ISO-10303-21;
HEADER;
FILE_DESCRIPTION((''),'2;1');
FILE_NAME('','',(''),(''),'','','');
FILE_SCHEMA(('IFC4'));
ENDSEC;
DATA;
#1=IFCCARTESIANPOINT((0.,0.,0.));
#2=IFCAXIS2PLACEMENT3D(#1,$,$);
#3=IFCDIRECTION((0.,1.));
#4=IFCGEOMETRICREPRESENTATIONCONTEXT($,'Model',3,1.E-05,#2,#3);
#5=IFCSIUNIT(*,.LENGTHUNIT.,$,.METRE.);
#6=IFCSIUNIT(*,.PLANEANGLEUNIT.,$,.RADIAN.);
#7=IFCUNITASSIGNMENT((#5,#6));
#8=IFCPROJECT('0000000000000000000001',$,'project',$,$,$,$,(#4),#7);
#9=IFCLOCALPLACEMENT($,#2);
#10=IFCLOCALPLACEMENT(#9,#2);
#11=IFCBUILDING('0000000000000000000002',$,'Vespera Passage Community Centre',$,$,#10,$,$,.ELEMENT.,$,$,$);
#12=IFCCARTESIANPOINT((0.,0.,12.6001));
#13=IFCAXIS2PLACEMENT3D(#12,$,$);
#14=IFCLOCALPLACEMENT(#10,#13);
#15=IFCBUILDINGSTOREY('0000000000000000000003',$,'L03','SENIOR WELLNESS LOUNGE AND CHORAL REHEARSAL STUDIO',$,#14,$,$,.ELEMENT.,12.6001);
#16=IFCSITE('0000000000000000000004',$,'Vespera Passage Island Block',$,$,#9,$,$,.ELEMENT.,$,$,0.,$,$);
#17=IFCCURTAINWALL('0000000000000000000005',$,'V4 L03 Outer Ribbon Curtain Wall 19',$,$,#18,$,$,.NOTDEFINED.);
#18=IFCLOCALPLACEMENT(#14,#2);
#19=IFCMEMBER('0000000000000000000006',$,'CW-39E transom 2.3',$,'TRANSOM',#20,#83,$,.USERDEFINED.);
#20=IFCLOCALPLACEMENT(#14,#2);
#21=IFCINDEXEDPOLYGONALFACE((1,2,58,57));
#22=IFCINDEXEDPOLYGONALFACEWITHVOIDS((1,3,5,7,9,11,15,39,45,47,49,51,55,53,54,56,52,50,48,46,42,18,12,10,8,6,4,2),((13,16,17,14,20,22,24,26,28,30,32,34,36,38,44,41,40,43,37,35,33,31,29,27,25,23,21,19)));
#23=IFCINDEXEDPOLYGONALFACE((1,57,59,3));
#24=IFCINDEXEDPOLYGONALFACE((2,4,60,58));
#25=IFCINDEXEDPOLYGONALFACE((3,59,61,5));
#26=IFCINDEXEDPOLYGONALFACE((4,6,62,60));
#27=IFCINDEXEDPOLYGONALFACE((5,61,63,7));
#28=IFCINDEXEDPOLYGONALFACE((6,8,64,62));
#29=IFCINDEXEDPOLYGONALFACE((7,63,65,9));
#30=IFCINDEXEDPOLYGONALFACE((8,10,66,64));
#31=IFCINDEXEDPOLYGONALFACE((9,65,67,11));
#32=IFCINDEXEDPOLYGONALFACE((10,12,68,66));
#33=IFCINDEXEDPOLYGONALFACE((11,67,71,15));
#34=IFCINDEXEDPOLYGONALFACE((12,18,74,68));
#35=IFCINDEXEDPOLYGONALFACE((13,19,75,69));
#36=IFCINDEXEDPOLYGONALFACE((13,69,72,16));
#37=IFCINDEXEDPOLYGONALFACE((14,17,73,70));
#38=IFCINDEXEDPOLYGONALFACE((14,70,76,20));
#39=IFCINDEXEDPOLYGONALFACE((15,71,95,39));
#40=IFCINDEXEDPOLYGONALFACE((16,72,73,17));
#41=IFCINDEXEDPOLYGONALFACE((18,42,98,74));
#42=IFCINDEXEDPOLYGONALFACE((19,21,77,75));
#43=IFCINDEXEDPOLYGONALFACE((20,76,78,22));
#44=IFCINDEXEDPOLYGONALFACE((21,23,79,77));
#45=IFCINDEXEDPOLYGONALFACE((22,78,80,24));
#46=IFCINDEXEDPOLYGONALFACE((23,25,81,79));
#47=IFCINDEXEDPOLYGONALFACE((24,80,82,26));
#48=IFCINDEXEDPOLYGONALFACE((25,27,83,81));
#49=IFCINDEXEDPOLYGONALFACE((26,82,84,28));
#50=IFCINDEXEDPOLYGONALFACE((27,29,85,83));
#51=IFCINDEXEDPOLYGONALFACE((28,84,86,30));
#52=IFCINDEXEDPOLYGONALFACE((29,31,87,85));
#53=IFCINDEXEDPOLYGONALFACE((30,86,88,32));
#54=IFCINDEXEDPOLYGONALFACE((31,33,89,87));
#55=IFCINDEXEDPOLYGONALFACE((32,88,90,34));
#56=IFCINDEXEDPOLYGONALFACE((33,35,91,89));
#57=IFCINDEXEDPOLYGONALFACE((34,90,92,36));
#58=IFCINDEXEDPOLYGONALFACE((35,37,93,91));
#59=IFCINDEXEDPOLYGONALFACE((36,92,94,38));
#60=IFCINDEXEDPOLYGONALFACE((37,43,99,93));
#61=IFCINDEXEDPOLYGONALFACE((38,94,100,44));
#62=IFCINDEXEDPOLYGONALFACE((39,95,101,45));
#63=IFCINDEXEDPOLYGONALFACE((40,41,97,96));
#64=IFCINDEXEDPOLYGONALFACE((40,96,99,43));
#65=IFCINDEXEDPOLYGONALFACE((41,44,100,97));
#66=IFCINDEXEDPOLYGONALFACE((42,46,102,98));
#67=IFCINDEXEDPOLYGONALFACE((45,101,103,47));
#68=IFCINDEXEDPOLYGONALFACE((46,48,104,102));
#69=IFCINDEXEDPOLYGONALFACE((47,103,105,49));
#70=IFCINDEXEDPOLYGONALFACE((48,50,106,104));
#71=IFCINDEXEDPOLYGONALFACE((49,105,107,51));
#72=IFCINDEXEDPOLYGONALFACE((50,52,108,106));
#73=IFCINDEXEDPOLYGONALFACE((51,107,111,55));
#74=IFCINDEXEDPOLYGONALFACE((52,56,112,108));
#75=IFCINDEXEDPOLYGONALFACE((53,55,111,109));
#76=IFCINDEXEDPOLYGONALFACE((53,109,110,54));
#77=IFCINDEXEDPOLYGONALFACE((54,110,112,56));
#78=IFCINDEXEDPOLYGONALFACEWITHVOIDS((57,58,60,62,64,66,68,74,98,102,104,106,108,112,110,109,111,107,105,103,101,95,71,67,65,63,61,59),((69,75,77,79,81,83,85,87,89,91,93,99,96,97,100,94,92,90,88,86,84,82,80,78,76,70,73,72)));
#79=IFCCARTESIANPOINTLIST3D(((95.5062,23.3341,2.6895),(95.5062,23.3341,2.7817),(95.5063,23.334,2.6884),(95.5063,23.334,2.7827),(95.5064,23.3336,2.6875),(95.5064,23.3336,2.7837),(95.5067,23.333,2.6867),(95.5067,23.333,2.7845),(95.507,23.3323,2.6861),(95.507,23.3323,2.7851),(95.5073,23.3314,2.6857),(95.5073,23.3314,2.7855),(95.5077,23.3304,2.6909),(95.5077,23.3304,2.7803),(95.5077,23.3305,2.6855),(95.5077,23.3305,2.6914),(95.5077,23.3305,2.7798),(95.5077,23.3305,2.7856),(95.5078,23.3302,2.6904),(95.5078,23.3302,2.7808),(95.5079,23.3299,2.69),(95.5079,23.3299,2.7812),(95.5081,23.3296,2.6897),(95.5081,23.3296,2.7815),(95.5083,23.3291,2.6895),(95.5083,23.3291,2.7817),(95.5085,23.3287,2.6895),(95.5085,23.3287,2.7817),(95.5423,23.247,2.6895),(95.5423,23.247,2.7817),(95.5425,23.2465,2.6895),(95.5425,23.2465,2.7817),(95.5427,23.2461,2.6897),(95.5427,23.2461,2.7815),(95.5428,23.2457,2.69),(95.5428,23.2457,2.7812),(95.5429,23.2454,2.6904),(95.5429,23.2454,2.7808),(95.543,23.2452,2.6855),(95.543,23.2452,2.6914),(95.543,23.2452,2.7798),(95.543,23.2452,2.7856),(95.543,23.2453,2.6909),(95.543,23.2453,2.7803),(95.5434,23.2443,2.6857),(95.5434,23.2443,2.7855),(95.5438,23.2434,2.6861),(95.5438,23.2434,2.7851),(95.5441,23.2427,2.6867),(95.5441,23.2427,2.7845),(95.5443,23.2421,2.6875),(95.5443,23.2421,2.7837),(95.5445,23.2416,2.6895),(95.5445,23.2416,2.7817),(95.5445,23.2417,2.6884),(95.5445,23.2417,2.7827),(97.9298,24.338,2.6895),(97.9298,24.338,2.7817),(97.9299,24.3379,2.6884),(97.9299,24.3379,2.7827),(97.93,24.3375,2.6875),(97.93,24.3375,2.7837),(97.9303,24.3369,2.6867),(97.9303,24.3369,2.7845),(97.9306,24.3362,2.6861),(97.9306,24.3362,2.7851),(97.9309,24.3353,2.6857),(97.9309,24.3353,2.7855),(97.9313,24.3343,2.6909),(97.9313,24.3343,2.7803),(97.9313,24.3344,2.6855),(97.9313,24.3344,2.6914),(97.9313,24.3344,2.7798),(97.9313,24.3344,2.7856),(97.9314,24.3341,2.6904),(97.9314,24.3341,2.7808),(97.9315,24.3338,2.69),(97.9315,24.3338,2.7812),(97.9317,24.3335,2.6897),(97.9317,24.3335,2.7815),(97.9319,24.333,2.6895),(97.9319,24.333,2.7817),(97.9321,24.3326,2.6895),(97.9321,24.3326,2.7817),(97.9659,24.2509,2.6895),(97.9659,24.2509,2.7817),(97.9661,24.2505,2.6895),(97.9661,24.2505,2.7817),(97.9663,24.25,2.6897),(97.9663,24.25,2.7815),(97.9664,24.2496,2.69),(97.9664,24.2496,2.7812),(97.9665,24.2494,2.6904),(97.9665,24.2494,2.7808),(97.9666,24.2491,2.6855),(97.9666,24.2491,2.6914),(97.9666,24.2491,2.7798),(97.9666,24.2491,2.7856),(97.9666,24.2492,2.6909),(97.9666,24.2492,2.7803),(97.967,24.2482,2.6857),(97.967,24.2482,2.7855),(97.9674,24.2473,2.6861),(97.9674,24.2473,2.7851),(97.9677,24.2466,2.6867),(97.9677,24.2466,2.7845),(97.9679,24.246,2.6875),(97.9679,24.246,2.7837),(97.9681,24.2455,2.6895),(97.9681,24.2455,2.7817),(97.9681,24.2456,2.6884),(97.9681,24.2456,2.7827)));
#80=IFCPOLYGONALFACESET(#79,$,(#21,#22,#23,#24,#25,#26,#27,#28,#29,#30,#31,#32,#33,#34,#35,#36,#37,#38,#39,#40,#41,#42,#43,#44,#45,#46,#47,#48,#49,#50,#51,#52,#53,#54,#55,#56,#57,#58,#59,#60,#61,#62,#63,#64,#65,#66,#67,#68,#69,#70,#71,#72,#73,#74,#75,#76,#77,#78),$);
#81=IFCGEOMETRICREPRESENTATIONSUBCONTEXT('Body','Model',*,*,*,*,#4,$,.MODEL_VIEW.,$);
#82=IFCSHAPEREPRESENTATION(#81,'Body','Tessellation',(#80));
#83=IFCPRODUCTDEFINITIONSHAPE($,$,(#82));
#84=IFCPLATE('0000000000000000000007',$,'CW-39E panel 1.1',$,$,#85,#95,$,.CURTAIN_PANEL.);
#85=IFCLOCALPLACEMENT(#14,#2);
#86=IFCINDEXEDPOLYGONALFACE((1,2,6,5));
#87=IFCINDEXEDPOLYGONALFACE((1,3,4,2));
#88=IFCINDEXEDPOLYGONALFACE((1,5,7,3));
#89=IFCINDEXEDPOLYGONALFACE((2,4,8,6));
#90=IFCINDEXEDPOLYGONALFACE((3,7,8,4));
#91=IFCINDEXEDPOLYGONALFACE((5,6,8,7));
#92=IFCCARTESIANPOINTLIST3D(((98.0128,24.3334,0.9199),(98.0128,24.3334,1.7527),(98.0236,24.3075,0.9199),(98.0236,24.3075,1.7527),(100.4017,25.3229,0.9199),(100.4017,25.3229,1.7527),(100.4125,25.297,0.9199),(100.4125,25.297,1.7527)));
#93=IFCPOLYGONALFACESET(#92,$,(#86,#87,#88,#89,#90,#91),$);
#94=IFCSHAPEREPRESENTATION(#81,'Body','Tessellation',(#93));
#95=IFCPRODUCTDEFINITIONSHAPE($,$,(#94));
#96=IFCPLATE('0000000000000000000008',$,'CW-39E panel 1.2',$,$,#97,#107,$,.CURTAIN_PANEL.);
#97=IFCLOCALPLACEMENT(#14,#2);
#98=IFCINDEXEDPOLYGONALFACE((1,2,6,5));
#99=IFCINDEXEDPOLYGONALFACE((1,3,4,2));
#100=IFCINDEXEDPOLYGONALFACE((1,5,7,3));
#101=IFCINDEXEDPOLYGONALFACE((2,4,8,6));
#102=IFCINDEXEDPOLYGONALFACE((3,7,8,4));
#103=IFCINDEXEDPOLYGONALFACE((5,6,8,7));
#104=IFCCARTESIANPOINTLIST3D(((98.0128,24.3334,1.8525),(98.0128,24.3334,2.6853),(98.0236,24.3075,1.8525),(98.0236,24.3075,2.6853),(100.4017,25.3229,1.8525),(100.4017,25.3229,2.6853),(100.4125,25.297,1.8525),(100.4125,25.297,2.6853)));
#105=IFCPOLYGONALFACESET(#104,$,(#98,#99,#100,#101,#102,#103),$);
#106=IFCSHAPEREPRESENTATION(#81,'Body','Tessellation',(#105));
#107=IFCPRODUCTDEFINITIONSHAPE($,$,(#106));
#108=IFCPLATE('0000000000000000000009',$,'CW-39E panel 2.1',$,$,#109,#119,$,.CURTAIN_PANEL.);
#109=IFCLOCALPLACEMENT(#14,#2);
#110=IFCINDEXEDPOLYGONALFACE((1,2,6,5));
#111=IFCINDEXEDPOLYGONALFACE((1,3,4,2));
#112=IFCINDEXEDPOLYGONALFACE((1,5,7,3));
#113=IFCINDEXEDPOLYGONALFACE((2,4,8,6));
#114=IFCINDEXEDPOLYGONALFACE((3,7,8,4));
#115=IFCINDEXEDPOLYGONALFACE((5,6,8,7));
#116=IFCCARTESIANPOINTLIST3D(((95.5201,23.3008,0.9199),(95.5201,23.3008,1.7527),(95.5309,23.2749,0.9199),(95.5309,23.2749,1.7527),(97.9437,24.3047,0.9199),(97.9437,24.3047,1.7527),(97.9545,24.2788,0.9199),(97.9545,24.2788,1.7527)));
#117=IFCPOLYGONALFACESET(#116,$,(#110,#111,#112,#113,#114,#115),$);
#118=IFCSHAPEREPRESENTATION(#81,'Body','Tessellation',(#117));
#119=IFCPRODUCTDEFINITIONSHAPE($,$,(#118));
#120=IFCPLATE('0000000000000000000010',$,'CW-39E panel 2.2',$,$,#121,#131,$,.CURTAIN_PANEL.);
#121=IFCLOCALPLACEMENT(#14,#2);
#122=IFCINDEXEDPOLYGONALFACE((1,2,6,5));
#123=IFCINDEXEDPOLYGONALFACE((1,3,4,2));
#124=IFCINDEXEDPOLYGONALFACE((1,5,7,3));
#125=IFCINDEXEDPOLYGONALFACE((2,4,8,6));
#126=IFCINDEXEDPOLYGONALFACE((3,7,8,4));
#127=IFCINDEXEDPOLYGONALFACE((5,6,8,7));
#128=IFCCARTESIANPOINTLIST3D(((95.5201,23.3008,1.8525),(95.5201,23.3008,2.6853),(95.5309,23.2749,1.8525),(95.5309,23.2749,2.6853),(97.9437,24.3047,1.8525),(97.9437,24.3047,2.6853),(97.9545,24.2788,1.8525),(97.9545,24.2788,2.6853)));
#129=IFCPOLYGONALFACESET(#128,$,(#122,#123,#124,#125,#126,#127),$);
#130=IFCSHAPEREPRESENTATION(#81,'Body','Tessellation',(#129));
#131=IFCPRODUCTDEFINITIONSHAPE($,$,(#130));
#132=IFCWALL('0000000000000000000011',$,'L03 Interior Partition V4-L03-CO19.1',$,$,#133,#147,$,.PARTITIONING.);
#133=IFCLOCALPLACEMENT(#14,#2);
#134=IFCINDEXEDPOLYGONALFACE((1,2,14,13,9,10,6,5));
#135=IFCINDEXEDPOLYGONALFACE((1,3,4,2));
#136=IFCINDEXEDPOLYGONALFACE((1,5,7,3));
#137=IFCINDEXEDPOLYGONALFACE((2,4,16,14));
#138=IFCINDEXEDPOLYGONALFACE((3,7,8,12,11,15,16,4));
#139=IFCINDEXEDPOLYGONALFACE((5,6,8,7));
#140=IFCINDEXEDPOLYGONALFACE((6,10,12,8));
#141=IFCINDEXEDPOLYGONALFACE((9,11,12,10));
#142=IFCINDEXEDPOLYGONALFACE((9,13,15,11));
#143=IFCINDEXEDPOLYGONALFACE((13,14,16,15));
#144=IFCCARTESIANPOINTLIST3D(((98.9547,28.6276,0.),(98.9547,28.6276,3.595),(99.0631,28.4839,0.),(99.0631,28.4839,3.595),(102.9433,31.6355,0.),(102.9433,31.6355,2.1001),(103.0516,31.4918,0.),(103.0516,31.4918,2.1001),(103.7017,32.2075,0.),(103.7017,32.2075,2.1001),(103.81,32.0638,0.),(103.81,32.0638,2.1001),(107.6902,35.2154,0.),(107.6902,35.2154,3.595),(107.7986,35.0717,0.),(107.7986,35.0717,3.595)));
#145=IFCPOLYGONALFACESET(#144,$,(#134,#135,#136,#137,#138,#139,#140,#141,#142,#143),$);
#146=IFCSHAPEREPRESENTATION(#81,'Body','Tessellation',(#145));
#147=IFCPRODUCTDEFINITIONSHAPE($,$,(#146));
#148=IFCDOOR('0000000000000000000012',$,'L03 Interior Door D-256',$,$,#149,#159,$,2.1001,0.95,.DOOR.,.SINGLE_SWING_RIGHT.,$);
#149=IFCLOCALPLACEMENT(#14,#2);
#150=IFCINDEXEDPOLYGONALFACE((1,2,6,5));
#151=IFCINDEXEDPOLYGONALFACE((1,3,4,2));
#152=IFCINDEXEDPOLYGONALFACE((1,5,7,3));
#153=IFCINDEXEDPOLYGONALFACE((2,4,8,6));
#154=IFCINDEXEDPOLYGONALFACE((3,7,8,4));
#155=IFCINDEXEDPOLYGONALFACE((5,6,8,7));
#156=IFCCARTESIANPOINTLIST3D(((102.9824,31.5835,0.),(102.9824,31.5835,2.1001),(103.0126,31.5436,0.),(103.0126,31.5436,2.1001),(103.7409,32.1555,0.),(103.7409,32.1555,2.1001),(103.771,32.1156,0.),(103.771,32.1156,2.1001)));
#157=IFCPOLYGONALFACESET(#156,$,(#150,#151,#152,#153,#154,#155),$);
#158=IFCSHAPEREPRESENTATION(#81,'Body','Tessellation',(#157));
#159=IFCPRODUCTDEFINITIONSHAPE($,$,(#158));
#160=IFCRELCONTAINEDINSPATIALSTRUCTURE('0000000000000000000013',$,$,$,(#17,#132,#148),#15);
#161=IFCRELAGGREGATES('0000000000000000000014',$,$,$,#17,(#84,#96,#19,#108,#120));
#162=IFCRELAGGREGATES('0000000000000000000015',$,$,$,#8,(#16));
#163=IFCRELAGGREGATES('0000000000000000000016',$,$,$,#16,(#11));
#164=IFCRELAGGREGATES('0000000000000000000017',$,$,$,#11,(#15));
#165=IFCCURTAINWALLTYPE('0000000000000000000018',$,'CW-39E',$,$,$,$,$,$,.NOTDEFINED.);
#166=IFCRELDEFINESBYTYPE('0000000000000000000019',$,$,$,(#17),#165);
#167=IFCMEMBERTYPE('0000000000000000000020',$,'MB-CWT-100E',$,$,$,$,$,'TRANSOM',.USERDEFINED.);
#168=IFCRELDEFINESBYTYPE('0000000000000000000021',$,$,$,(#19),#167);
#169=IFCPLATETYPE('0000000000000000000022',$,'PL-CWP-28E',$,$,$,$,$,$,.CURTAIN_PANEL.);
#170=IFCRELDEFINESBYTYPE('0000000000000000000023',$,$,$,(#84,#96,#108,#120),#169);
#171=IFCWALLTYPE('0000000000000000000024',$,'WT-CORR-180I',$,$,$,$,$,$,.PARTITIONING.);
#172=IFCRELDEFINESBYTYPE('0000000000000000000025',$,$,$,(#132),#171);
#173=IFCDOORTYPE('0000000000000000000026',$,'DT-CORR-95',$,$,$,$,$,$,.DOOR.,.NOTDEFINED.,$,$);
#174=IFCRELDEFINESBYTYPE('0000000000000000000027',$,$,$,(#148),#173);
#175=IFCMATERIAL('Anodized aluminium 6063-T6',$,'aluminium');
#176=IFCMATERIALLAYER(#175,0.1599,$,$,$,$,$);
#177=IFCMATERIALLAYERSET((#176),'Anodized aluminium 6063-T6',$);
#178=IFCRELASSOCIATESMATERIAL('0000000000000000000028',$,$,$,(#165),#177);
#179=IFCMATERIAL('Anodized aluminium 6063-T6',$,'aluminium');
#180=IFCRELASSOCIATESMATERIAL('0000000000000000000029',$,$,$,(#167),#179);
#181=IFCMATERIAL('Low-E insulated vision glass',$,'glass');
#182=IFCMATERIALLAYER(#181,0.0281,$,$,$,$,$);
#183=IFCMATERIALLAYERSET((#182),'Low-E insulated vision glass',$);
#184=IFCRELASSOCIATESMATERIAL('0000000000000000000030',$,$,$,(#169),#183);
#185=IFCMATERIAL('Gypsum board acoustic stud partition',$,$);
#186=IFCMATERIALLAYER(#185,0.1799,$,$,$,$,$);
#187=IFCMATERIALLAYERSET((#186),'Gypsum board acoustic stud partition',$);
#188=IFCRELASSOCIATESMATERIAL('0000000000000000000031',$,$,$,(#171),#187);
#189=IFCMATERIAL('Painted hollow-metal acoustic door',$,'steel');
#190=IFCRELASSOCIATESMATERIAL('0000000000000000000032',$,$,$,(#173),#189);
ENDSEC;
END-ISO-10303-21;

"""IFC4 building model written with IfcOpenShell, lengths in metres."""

from ifc_helpers import new_model, si_unit, direction, frame, frame_2d, origin, origin_2d, place, context, subcontext, project, spatial, rectangle, hollow_rectangle, extrude, material, layer, layer_set, material_profile, profile_set, type_object, element, fill, aggregate, save


model = new_model("IFC4")

# Units and contexts
model_context = context("Model", 3, precision=1e-05, world=origin(), true_north=direction((0.0, 1.0)))
body_context = subcontext(model_context, "Body", "Model", "MODEL_VIEW")
ifc_project = project(units=[si_unit("LENGTHUNIT", "METRE"), si_unit("PLANEANGLEUNIT", "RADIAN")], contexts=[model_context])

# Site, building, storey
site_placement = place(None, origin())
site = spatial("IfcSite", under=ifc_project, at=site_placement, Name="Vespera Passage Island Block", CompositionType="ELEMENT", RefElevation=0.0)
building_placement = place(site_placement, origin())
building = spatial("IfcBuilding", under=site, at=building_placement, Name="Vespera Passage Community Centre", CompositionType="ELEMENT")
storey_placement = place(building_placement, frame((0.0, 0.0, 12.6001)))
storey = spatial("IfcBuildingStorey", under=building, at=storey_placement, Name="L03", Description="SENIOR WELLNESS LOUNGE AND CHORAL REHEARSAL STUDIO", CompositionType="ELEMENT", Elevation=12.6001)

# Curtain wall
ifc_material_1 = material(Name="Anodized aluminium 6063-T6", Category="aluminium")
ifc_layer_1 = layer(ifc_material_1, 0.1599)
ifc_layer_set_1 = layer_set([ifc_layer_1], Name="Anodized aluminium 6063-T6")
curtain_wall_type_1 = type_object("IfcCurtainWallType", Name="CW-39E", PredefinedType="NOTDEFINED", material=ifc_layer_set_1)
curtain_wall_1_placement = place(storey_placement, origin())
curtain_wall_1 = element("IfcCurtainWall", 1, at=curtain_wall_1_placement, inside=storey, type_object=curtain_wall_type_1, Name="V4 L03 Outer Ribbon Curtain Wall 19", PredefinedType="NOTDEFINED")

# Member
ifc_material_2 = material(Name="Anodized aluminium 6063-T6", Category="aluminium")
ifc_material_profile_1 = material_profile(ifc_material_2, hollow_rectangle(XDim=0.1001, YDim=0.1001, WallThickness=0.0039, InnerFilletRadius=0.002, OuterFilletRadius=0.0039, at=origin_2d()), Name="ALU100X100X4")
ifc_profile_set_1 = profile_set([ifc_material_profile_1], Name="Anodized aluminium 6063-T6")
member_type_1 = type_object("IfcMemberType", Name="MB-CWT-100E", ElementType="TRANSOM", PredefinedType="USERDEFINED", material=ifc_profile_set_1)
member_1_placement = place(storey_placement, frame((97.949, 24.2917, 2.7356), z_axis=(-0.923876, -0.382692, 0.0), x_axis=(0.382692, -0.923876, 0.0)))
member_1 = element("IfcMember", 2, at=member_1_placement, type_object=member_type_1, Name="CW-39E transom 2.3", ObjectType="TRANSOM", PredefinedType="USERDEFINED", context=body_context, shape_type="SweptSolid", body=[
    extrude(hollow_rectangle(XDim=0.1001, YDim=0.1001, WallThickness=0.0039, InnerFilletRadius=0.002, OuterFilletRadius=0.0039, at=origin_2d()), origin(), (0.0, 0.0, 1.0), 2.6233),
])

# Plates
ifc_material_3 = material(Name="Low-E insulated vision glass", Category="glass")
ifc_layer_2 = layer(ifc_material_3, 0.0281)
ifc_layer_set_2 = layer_set([ifc_layer_2], Name="Low-E insulated vision glass")
plate_type = type_object("IfcPlateType", Name="PL-CWP-28E", PredefinedType="CURTAIN_PANEL", material=ifc_layer_set_2)
plate_1_placement = place(storey_placement, frame((99.2126, 24.8152, 0.9199), z_axis=(0.0, 0.0, 1.0), x_axis=(-0.92388, -0.382683, 0.0)))
plate_1 = element("IfcPlate", 3, at=plate_1_placement, type_object=plate_type, Name="CW-39E panel 1.1", PredefinedType="CURTAIN_PANEL", context=body_context, shape_type="SweptSolid", body=[
    extrude(rectangle(XDim=2.5857, YDim=0.0281, at=origin_2d()), origin(), (0.0, 0.0, 1.0), 0.8328),
])
plate_2_placement = place(storey_placement, frame((99.2126, 24.8152, 1.8525), z_axis=(0.0, 0.0, 1.0), x_axis=(-0.92388, -0.382683, 0.0)))
plate_2 = element("IfcPlate", 4, at=plate_2_placement, type_object=plate_type, Name="CW-39E panel 1.2", PredefinedType="CURTAIN_PANEL", context=body_context, shape_type="SweptSolid", body=[
    extrude(rectangle(XDim=2.5857, YDim=0.0281, at=origin_2d()), origin(), (0.0, 0.0, 1.0), 0.8328),
])
plate_3_placement = place(storey_placement, frame((96.7373, 23.7898, 0.9199), z_axis=(0.0, 0.0, 1.0), x_axis=(-0.92388, -0.382683, 0.0)))
plate_3 = element("IfcPlate", 5, at=plate_3_placement, type_object=plate_type, Name="CW-39E panel 2.1", PredefinedType="CURTAIN_PANEL", context=body_context, shape_type="SweptSolid", body=[
    extrude(rectangle(XDim=2.6233, YDim=0.0281, at=origin_2d()), origin(), (0.0, 0.0, 1.0), 0.8328),
])
plate_4_placement = place(storey_placement, frame((96.7373, 23.7898, 1.8525), z_axis=(0.0, 0.0, 1.0), x_axis=(-0.92388, -0.382683, 0.0)))
plate_4 = element("IfcPlate", 6, at=plate_4_placement, type_object=plate_type, Name="CW-39E panel 2.2", PredefinedType="CURTAIN_PANEL", context=body_context, shape_type="SweptSolid", body=[
    extrude(rectangle(XDim=2.6233, YDim=0.0281, at=origin_2d()), origin(), (0.0, 0.0, 1.0), 0.8328),
])
aggregate(curtain_wall_1, [plate_1, plate_2, member_1, plate_3, plate_4])

# Wall, opening, door
ifc_material_4 = material(Name="Gypsum board acoustic stud partition")
ifc_layer_3 = layer(ifc_material_4, 0.1799)
ifc_layer_set_3 = layer_set([ifc_layer_3], Name="Gypsum board acoustic stud partition")
wall_type_1 = type_object("IfcWallType", Name="WT-CORR-180I", PredefinedType="PARTITIONING", material=ifc_layer_set_3)
wall_1_placement = place(storey_placement, frame((99.0088, 28.5557, 0.0), z_axis=(0.0, 0.0, 1.0), x_axis=(0.798409, 0.602115, 0.0)))
wall_1 = element("IfcWall", 7, at=wall_1_placement, inside=storey, type_object=wall_type_1, Name="L03 Interior Partition V4-L03-CO19.1", PredefinedType="PARTITIONING", context=body_context, shape_type="SweptSolid", body=[
    extrude(rectangle(XDim=10.9412, YDim=0.1799, at=frame_2d((5.4707, 0.0))), origin(), (0.0, 0.0, 1.0), 3.595),
])
opening_1_placement = place(wall_1_placement, frame((4.9956, 0.0, 0.0)))
opening_1 = element("IfcOpeningElement", 8, at=opening_1_placement, cuts=wall_1, PredefinedType="OPENING", context=body_context, shape_type="SweptSolid", body=[
    extrude(rectangle(XDim=0.95, YDim=2.1001, at=frame_2d((0.4751, 1.05))), frame((0.0, 0.0999, 0.0), z_axis=(0.0, -1.0, 0.0), x_axis=(1.0, 0.0, 0.0)), (0.0, 0.0, 1.0), 0.2),
])
ifc_material_5 = material(Name="Painted hollow-metal acoustic door", Category="steel")
door_type_1 = type_object("IfcDoorType", Name="DT-CORR-95", OperationType="NOTDEFINED", PredefinedType="DOOR", material=ifc_material_5)
door_1_placement = place(opening_1_placement, origin())
door_1 = element("IfcDoor", 9, at=door_1_placement, inside=storey, type_object=door_type_1, Name="L03 Interior Door D-256", OperationType="SINGLE_SWING_RIGHT", OverallHeight=2.1001, OverallWidth=0.95, PredefinedType="DOOR", context=body_context, shape_type="SweptSolid", body=[
    extrude(rectangle(XDim=0.95, YDim=2.1001, at=frame_2d((0.4751, 1.05))), frame((0.0, 0.0249, 0.0), z_axis=(0.0, -1.0, 0.0), x_axis=(1.0, 0.0, 0.0)), (0.0, 0.0, 1.0), 0.05),
])
fill(opening_1, door_1)

save(model, "model.ifc")
